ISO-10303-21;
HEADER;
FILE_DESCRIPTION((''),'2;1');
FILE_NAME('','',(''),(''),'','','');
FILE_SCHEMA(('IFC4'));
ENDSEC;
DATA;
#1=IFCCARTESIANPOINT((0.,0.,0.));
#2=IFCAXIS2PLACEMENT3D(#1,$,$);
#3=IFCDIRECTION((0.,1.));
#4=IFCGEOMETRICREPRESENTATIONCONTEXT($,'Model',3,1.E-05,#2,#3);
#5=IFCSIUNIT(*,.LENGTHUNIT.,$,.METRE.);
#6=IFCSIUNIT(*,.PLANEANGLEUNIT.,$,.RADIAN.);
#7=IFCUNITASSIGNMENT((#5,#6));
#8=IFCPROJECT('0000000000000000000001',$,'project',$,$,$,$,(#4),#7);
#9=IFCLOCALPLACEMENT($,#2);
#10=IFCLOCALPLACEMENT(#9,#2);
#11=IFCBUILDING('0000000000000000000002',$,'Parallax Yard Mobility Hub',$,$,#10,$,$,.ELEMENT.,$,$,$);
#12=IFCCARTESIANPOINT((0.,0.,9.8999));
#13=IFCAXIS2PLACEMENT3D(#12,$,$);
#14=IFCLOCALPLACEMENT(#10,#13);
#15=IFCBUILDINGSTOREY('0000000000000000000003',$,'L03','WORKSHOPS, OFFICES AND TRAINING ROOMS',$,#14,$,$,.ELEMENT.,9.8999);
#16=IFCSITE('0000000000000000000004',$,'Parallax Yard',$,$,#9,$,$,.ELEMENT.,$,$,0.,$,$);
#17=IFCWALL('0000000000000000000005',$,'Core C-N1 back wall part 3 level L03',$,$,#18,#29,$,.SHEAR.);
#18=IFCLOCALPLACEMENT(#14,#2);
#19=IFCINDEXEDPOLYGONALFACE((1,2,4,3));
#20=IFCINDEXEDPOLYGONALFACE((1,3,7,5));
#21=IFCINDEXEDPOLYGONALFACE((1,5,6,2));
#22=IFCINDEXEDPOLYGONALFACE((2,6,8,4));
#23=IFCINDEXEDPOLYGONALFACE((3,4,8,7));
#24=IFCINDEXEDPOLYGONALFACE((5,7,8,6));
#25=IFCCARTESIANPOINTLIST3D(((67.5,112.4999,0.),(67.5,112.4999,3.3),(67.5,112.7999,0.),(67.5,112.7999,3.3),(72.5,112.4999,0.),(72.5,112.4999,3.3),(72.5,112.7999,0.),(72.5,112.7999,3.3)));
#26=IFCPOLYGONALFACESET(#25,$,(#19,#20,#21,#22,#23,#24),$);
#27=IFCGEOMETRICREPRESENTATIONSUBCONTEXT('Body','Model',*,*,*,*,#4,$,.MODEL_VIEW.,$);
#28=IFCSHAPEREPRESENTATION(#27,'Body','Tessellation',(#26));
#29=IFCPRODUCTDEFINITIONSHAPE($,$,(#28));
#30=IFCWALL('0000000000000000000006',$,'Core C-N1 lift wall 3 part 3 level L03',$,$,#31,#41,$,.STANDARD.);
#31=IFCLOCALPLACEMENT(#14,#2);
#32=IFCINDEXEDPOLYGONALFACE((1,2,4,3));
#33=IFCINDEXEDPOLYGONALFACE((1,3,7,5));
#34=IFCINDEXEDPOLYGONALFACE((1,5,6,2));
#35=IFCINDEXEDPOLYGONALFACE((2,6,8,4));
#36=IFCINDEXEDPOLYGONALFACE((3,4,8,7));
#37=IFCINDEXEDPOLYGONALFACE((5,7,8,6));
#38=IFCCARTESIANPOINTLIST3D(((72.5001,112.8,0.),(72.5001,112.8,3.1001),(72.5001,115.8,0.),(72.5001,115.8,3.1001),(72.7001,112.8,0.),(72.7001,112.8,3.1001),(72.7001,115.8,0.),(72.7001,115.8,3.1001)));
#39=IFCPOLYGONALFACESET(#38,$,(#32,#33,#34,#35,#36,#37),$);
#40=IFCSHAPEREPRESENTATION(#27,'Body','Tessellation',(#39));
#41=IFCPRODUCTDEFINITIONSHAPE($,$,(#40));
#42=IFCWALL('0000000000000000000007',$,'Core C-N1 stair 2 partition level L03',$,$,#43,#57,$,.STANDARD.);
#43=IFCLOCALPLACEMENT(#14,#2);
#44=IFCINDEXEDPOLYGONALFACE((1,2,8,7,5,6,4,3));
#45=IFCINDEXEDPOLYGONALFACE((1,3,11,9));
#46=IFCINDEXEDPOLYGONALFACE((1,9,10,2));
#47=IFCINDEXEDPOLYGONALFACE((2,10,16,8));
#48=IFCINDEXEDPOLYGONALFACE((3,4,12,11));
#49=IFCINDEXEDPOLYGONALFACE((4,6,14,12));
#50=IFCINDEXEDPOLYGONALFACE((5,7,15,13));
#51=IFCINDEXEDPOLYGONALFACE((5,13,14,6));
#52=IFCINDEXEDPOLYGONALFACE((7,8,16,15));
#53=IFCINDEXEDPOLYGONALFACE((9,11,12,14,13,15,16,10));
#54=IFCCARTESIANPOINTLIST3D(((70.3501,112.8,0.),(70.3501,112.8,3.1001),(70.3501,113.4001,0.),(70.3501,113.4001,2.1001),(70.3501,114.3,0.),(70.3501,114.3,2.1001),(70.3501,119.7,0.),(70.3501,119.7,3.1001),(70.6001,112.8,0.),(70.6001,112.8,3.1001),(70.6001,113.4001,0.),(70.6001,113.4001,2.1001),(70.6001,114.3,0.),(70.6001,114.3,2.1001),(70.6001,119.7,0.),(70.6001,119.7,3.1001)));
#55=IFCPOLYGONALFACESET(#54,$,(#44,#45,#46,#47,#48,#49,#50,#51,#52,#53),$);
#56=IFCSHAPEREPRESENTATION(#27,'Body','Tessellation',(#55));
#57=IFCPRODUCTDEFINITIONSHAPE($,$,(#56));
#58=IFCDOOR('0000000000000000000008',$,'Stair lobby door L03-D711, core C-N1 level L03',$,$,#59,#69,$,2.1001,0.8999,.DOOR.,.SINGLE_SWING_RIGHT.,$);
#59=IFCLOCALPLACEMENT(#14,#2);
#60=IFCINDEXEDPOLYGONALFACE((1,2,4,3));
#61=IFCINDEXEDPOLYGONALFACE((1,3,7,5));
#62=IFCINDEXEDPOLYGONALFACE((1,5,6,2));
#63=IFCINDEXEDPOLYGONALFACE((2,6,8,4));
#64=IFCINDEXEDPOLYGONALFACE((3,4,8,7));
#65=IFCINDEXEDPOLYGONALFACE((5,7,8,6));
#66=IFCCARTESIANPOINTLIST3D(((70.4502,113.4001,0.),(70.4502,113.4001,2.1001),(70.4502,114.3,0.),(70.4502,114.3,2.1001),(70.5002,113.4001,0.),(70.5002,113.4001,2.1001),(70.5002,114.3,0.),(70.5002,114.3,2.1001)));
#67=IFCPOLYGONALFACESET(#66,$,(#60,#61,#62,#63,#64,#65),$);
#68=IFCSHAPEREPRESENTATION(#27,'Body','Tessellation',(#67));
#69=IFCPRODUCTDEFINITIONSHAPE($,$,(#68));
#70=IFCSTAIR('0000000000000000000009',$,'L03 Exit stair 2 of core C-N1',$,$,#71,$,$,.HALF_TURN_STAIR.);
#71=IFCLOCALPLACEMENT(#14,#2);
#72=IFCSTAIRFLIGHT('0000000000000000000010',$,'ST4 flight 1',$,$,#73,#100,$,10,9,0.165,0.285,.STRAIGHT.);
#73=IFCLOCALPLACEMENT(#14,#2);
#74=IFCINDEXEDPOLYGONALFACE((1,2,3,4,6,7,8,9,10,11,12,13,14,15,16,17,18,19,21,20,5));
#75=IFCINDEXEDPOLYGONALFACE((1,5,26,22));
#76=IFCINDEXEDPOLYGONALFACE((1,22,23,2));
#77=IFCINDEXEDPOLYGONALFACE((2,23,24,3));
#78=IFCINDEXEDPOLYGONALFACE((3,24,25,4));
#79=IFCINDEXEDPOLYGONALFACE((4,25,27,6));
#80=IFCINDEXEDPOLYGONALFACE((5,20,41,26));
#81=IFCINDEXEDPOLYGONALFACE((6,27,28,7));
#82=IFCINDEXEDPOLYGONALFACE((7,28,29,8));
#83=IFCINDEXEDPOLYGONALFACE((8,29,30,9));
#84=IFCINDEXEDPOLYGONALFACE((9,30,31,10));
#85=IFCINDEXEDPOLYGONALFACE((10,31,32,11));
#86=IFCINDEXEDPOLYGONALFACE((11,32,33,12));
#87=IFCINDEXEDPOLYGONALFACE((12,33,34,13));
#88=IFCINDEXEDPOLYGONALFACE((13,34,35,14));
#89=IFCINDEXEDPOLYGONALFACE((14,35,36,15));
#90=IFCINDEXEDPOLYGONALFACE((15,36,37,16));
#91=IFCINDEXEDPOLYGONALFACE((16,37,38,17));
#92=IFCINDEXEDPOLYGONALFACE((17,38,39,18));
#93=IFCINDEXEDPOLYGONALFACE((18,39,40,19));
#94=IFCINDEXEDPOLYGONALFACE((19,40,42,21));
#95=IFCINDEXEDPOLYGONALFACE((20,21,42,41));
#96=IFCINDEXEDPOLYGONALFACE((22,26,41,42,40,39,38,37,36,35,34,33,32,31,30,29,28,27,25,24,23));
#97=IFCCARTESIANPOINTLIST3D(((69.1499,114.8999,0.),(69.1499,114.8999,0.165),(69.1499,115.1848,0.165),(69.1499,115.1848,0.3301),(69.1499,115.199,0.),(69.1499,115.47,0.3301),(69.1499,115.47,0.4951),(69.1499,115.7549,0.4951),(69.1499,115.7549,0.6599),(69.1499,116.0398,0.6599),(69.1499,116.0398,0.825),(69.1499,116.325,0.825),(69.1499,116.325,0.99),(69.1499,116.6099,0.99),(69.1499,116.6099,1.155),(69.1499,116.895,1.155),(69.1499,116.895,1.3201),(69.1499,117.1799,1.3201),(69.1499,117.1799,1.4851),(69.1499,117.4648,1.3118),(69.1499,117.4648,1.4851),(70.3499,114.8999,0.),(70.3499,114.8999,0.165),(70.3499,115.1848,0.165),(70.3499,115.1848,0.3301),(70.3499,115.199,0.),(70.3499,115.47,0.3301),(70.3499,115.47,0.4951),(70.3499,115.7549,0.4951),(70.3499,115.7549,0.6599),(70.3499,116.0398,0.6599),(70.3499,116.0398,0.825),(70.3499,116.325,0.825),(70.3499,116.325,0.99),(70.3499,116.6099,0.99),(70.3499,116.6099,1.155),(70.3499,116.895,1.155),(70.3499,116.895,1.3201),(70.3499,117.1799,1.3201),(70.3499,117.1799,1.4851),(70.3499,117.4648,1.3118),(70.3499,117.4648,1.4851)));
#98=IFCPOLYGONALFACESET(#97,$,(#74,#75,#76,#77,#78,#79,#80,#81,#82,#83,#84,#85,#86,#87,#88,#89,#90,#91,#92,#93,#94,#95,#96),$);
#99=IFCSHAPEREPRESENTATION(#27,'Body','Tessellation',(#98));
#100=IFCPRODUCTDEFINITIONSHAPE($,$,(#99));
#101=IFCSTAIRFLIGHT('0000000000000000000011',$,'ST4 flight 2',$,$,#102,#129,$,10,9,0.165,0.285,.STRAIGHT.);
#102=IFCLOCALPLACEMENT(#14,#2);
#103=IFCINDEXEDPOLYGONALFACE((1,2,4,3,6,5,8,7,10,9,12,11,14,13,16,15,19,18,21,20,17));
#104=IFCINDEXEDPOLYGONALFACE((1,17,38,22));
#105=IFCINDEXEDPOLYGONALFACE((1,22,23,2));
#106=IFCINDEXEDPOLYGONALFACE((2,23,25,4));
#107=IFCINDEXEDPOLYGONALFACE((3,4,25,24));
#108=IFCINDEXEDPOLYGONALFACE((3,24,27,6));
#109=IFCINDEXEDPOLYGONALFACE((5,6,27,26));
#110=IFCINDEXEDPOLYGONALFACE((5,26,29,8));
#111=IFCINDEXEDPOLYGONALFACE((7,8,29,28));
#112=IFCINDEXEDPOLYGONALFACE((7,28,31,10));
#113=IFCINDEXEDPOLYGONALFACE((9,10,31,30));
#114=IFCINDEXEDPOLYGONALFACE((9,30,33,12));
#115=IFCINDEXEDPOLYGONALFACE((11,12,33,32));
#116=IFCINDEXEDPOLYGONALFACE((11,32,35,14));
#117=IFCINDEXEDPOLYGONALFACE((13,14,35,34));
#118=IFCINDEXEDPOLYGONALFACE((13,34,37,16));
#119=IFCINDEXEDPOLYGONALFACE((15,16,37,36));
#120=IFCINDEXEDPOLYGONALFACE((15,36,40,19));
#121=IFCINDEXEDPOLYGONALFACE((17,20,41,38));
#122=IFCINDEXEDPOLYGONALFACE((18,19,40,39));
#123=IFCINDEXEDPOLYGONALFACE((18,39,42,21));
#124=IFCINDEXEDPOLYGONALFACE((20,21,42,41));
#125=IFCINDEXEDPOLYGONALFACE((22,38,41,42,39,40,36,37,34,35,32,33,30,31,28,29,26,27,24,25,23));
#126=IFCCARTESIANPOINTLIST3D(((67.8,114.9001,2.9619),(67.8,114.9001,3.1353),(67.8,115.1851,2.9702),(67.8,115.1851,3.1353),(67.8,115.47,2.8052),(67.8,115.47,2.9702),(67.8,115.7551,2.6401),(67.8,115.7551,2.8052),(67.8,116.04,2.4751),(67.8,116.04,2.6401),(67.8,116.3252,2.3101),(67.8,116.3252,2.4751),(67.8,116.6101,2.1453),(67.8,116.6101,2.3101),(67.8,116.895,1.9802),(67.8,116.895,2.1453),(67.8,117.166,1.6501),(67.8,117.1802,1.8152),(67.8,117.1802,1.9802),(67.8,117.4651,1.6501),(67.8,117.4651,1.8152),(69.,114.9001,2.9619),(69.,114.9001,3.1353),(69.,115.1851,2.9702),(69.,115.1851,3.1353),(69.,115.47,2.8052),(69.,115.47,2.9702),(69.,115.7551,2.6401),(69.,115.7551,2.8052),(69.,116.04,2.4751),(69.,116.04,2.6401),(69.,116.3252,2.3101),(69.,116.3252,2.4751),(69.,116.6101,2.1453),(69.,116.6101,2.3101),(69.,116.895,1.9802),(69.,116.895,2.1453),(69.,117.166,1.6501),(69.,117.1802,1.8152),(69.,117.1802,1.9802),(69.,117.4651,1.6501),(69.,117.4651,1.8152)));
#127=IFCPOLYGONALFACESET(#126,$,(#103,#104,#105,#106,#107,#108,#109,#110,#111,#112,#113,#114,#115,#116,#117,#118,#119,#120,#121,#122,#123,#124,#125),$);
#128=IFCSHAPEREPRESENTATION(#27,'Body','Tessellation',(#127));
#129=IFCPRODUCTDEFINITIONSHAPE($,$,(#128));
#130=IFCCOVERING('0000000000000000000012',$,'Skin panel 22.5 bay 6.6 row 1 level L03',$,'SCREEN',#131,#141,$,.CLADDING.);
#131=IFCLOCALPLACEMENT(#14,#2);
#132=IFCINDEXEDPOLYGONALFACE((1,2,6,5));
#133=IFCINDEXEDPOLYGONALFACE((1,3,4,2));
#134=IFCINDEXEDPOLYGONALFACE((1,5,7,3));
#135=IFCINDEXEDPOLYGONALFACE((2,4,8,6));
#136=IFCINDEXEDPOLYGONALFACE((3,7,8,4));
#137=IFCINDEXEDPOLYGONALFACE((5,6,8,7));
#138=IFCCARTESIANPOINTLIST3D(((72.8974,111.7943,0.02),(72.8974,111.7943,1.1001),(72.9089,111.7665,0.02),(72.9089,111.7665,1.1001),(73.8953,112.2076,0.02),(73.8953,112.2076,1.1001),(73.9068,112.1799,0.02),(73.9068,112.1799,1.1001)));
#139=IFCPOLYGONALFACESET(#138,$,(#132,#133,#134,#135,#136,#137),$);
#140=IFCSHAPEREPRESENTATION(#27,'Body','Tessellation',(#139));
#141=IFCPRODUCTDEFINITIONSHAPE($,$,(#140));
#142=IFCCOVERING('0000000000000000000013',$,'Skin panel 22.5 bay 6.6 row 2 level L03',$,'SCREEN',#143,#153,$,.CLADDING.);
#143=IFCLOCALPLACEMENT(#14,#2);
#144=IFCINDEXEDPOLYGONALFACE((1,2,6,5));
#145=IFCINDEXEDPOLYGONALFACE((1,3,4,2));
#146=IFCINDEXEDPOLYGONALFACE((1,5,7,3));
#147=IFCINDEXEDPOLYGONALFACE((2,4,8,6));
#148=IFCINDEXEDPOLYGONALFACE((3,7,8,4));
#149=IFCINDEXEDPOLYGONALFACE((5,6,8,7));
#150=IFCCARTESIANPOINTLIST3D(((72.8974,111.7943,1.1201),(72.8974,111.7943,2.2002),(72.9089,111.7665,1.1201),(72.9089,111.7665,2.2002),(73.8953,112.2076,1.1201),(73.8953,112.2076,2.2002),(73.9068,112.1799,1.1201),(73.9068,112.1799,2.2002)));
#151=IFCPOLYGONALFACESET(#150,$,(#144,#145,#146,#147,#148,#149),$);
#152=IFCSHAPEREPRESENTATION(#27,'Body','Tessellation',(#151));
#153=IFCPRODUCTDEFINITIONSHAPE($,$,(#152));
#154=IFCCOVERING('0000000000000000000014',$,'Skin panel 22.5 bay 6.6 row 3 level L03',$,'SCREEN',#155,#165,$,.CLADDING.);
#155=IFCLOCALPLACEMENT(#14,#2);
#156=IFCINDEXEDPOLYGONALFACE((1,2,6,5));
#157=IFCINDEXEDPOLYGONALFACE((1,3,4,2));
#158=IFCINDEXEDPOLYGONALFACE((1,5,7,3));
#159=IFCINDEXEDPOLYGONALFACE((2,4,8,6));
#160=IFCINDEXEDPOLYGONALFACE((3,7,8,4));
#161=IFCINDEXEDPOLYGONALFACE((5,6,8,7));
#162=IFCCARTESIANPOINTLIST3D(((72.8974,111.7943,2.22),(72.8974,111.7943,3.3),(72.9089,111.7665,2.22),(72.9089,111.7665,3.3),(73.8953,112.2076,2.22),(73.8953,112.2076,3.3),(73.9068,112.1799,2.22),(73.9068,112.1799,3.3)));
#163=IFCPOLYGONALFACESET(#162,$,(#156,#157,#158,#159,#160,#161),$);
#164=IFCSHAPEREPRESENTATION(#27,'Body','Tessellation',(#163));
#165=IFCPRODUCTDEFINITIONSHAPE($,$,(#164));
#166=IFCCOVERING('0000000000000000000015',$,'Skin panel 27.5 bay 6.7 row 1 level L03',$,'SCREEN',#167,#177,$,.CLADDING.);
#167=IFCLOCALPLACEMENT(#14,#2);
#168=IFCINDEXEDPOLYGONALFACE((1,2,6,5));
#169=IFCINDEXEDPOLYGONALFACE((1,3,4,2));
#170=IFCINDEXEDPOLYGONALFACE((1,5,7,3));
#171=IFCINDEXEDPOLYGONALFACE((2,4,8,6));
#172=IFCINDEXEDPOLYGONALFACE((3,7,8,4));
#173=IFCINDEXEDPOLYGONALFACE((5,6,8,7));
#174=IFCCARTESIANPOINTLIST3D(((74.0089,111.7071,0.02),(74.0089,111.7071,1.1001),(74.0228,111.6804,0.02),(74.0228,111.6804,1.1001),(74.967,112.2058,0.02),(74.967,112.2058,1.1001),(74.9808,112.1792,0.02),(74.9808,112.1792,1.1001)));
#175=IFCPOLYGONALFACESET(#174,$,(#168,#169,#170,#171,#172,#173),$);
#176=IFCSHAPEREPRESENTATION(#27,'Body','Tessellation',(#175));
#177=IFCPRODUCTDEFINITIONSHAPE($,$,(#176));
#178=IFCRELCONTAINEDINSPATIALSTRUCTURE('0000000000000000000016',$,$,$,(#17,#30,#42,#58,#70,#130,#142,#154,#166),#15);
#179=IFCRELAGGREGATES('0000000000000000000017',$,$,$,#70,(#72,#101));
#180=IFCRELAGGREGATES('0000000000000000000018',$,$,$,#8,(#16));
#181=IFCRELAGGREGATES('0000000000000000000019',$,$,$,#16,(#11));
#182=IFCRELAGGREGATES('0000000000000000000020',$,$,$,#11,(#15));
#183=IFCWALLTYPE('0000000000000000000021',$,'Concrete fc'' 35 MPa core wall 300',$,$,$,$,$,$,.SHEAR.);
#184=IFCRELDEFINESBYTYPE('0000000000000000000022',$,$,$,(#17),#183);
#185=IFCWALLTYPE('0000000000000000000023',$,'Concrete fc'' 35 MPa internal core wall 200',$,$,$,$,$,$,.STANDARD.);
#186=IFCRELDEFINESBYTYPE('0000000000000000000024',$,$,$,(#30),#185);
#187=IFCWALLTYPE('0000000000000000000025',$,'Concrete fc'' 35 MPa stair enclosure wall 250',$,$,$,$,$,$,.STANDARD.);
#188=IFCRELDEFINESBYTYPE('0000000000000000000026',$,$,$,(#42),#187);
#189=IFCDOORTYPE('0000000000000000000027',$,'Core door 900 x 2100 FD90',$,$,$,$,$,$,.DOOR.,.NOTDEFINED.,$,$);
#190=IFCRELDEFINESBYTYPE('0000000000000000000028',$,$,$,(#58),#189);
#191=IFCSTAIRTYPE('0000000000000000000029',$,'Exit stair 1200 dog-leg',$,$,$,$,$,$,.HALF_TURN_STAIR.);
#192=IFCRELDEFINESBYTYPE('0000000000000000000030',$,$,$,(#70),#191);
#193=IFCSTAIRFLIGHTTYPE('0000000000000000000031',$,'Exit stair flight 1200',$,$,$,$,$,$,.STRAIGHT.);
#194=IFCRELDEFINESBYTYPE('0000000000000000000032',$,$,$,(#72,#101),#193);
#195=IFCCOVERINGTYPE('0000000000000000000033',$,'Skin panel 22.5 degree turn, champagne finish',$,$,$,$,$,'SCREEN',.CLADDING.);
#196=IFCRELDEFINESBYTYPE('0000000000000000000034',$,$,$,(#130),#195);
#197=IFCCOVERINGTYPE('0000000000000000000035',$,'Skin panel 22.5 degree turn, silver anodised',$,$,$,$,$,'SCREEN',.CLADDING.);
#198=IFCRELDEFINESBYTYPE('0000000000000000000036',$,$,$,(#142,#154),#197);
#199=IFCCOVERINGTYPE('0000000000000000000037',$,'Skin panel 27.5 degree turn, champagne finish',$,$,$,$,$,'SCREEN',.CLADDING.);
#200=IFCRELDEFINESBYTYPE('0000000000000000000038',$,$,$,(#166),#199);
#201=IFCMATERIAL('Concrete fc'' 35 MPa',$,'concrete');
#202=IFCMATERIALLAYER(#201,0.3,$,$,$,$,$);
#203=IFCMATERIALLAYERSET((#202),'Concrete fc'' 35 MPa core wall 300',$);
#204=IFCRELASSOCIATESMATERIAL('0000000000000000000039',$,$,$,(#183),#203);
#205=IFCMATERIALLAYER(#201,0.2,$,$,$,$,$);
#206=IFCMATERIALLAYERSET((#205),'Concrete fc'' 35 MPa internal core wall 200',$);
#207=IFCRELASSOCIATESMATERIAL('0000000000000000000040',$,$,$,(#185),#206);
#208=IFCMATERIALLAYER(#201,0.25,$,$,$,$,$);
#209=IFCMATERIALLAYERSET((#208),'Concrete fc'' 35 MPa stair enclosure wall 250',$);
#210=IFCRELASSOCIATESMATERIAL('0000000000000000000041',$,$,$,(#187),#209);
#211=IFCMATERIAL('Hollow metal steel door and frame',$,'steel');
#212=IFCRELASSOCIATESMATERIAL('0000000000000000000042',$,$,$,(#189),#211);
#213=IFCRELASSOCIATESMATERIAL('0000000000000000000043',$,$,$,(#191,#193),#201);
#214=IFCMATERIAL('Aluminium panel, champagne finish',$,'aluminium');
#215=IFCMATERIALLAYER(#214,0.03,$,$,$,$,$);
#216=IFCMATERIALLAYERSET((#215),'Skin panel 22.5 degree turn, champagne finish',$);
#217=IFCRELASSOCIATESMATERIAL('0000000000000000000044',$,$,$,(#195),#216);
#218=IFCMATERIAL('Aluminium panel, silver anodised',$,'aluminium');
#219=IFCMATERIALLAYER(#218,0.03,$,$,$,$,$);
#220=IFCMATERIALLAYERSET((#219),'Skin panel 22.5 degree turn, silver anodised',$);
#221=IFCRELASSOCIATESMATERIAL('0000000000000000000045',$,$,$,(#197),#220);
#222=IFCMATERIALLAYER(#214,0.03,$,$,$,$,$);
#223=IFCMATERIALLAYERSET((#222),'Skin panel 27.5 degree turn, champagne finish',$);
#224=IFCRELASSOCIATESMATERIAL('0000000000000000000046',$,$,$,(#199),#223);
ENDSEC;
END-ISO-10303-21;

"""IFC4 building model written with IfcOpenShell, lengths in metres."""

from ifc_helpers import new_model, si_unit, direction, frame, frame_2d, origin, origin_2d, place, context, subcontext, project, spatial, polyline, rectangle, outline, extrude, material, layer, layer_set, type_object, element, fill, aggregate, save


model = new_model("IFC4")

# Units and contexts
model_context = context("Model", 3, precision=1e-05, world=origin(), true_north=direction((0.0, 1.0)))
body_context = subcontext(model_context, "Body", "Model", "MODEL_VIEW")
ifc_project = project(units=[si_unit("LENGTHUNIT", "METRE"), si_unit("PLANEANGLEUNIT", "RADIAN")], contexts=[model_context])

# Site, building, storey
site_placement = place(None, origin())
site = spatial("IfcSite", under=ifc_project, at=site_placement, Name="Parallax Yard", CompositionType="ELEMENT", RefElevation=0.0)
building_placement = place(site_placement, origin())
building = spatial("IfcBuilding", under=site, at=building_placement, Name="Parallax Yard Mobility Hub", CompositionType="ELEMENT")
storey_placement = place(building_placement, frame((0.0, 0.0, 9.8999)))
storey = spatial("IfcBuildingStorey", under=building, at=storey_placement, Name="L03", Description="WORKSHOPS, OFFICES AND TRAINING ROOMS", CompositionType="ELEMENT", Elevation=9.8999)

# Walls
ifc_material_1 = material(Name="Concrete fc' 35 MPa", Category="concrete")
ifc_layer_1 = layer(ifc_material_1, 0.3)
ifc_layer_set_1 = layer_set([ifc_layer_1], Name="Concrete fc' 35 MPa core wall 300")
wall_type_1 = type_object("IfcWallType", Name="Concrete fc' 35 MPa core wall 300", PredefinedType="SHEAR", material=ifc_layer_set_1)
wall_1_placement = place(storey_placement, frame((72.5, 112.6499, 0.0), z_axis=(0.0, 0.0, 1.0), x_axis=(-1.0, 0.0, 0.0)))
element("IfcWall", 1, at=wall_1_placement, inside=storey, type_object=wall_type_1, Name="Core C-N1 back wall part 3 level L03", PredefinedType="SHEAR", context=body_context, shape_type="SweptSolid", body=[
    extrude(rectangle(XDim=5.0, YDim=0.3, at=frame_2d((2.5, 0.0))), origin(), (0.0, 0.0, 1.0), 3.3),
])
ifc_layer_2 = layer(ifc_material_1, 0.2)
ifc_layer_set_2 = layer_set([ifc_layer_2], Name="Concrete fc' 35 MPa internal core wall 200")
wall_type_2 = type_object("IfcWallType", Name="Concrete fc' 35 MPa internal core wall 200", PredefinedType="STANDARD", material=ifc_layer_set_2)
wall_2_placement = place(storey_placement, frame((72.6001, 115.8, 0.0), z_axis=(0.0, 0.0, 1.0), x_axis=(0.0, -1.0, 0.0)))
element("IfcWall", 2, at=wall_2_placement, inside=storey, type_object=wall_type_2, Name="Core C-N1 lift wall 3 part 3 level L03", PredefinedType="STANDARD", context=body_context, shape_type="SweptSolid", body=[
    extrude(rectangle(XDim=3.0, YDim=0.2, at=frame_2d((1.5, 0.0))), origin(), (0.0, 0.0, 1.0), 3.1001),
])

# Wall, opening, door
ifc_layer_3 = layer(ifc_material_1, 0.25)
ifc_layer_set_3 = layer_set([ifc_layer_3], Name="Concrete fc' 35 MPa stair enclosure wall 250")
wall_type_3 = type_object("IfcWallType", Name="Concrete fc' 35 MPa stair enclosure wall 250", PredefinedType="STANDARD", material=ifc_layer_set_3)
wall_3_placement = place(storey_placement, frame((70.4751, 112.8, 0.0), z_axis=(0.0, 0.0, 1.0), x_axis=(0.0, 1.0, 0.0)))
wall_3 = element("IfcWall", 3, at=wall_3_placement, inside=storey, type_object=wall_type_3, Name="Core C-N1 stair 2 partition level L03", PredefinedType="STANDARD", context=body_context, shape_type="SweptSolid", body=[
    extrude(rectangle(XDim=6.8999, YDim=0.25, at=frame_2d((3.45, 0.0))), origin(), (0.0, 0.0, 1.0), 3.1001),
])
opening_placement = place(wall_3_placement, frame((0.6001, 0.0, 0.0)))
opening = element("IfcOpeningElement", 4, at=opening_placement, cuts=wall_3, PredefinedType="OPENING", context=body_context, shape_type="SweptSolid", body=[
    extrude(rectangle(XDim=0.8999, YDim=2.1001, at=frame_2d((0.45, 1.05))), frame((0.0, 0.135, 0.0), z_axis=(0.0, -1.0, 0.0), x_axis=(1.0, 0.0, 0.0)), (0.0, 0.0, 1.0), 0.27),
])
ifc_material_2 = material(Name="Hollow metal steel door and frame", Category="steel")
door_type = type_object("IfcDoorType", Name="Core door 900 x 2100 FD90", OperationType="NOTDEFINED", PredefinedType="DOOR", material=ifc_material_2)
door_placement = place(opening_placement, origin())
door = element("IfcDoor", 5, at=door_placement, inside=storey, type_object=door_type, Name="Stair lobby door L03-D711, core C-N1 level L03", OperationType="SINGLE_SWING_RIGHT", OverallHeight=2.1001, OverallWidth=0.8999, PredefinedType="DOOR", context=body_context, shape_type="SweptSolid", body=[
    extrude(rectangle(XDim=0.8999, YDim=2.1001, at=frame_2d((0.45, 1.05))), frame((0.0, 0.0249, 0.0), z_axis=(0.0, -1.0, 0.0), x_axis=(1.0, 0.0, 0.0)), (0.0, 0.0, 1.0), 0.05),
])
fill(opening, door)

# Stair, stair flights
stair_type = type_object("IfcStairType", Name="Exit stair 1200 dog-leg", PredefinedType="HALF_TURN_STAIR", material=ifc_material_1)
stair_placement = place(storey_placement, origin())
stair = element("IfcStair", 6, at=stair_placement, inside=storey, type_object=stair_type, Name="L03 Exit stair 2 of core C-N1", PredefinedType="HALF_TURN_STAIR")
stair_flight_type = type_object("IfcStairFlightType", Name="Exit stair flight 1200", PredefinedType="STRAIGHT", material=ifc_material_1)
stair_flight_1_placement = place(storey_placement, frame((69.75, 114.8999, 0.0), z_axis=(0.0, 0.0, 1.0), x_axis=(0.0, 1.0, 0.0)))
stair_flight_1 = element("IfcStairFlight", 7, at=stair_flight_1_placement, type_object=stair_flight_type, Name="ST4 flight 1", NumberOfRisers=10, NumberOfTreads=9, PredefinedType="STRAIGHT", RiserHeight=0.165, TreadLength=0.285, context=body_context, shape_type="SweptSolid", body=[
    extrude(outline(polyline([(0.0, 0.0), (0.0, 0.165), (0.2849, 0.165), (0.2849, 0.3301), (0.5701, 0.3301), (0.5701, 0.4951), (0.855, 0.4951), (0.855, 0.6599), (1.1399, 0.6599), (1.1399, 0.825), (1.425, 0.825), (1.425, 0.99), (1.71, 0.99), (1.71, 1.155), (1.9951, 1.155), (1.9951, 1.3201), (2.28, 1.3201), (2.28, 1.4851), (2.5649, 1.4851), (2.5649, 1.6499), (2.5649, 1.3118), (0.2991, 0.0), (0.0, 0.0)])), frame((0.0, 0.6001, 0.0), z_axis=(0.0, -1.0, 0.0), x_axis=(1.0, 0.0, 0.0)), (0.0, 0.0, 1.0), 1.2),
])
stair_flight_2_placement = place(storey_placement, frame((68.3999, 117.4651, 1.6501), z_axis=(0.0, 0.0, 1.0), x_axis=(0.0, -1.0, 0.0)))
stair_flight_2 = element("IfcStairFlight", 8, at=stair_flight_2_placement, type_object=stair_flight_type, Name="ST4 flight 2", NumberOfRisers=10, NumberOfTreads=9, PredefinedType="STRAIGHT", RiserHeight=0.165, TreadLength=0.285, context=body_context, shape_type="SweptSolid", body=[
    extrude(outline(polyline([(0.0, 0.0), (0.0, 0.165), (0.2849, 0.165), (0.2849, 0.3301), (0.5701, 0.3301), (0.5701, 0.4951), (0.855, 0.4951), (0.855, 0.6599), (1.1399, 0.6599), (1.1399, 0.825), (1.425, 0.825), (1.425, 0.99), (1.71, 0.99), (1.71, 1.155), (1.9951, 1.155), (1.9951, 1.3201), (2.28, 1.3201), (2.28, 1.4851), (2.5649, 1.4851), (2.5649, 1.6499), (2.5649, 1.3118), (0.2991, 0.0), (0.0, 0.0)])), frame((0.0, 0.6001, 0.0), z_axis=(0.0, -1.0, 0.0), x_axis=(1.0, 0.0, 0.0)), (0.0, 0.0, 1.0), 1.2),
])
aggregate(stair, [stair_flight_1, stair_flight_2])

# Coverings
ifc_material_3 = material(Name="Aluminium panel, champagne finish", Category="aluminium")
ifc_layer_4 = layer(ifc_material_3, 0.03)
ifc_layer_set_4 = layer_set([ifc_layer_4], Name="Skin panel 22.5 degree turn, champagne finish")
covering_type_1 = type_object("IfcCoveringType", Name="Skin panel 22.5 degree turn, champagne finish", ElementType="SCREEN", PredefinedType="CLADDING", material=ifc_layer_set_4)
covering_1_placement = place(storey_placement, frame((73.4021, 111.9871, 0.02), z_axis=(0.0, 0.0, 1.0), x_axis=(-0.92388, -0.382683, 0.0)))
element("IfcCovering", 9, at=covering_1_placement, inside=storey, type_object=covering_type_1, Name="Skin panel 22.5 bay 6.6 row 1 level L03", ObjectType="SCREEN", PredefinedType="CLADDING", context=body_context, shape_type="SweptSolid", body=[
    extrude(rectangle(XDim=1.0801, YDim=0.03, at=origin_2d()), origin(), (0.0, 0.0, 1.0), 1.0801),
])
ifc_material_4 = material(Name="Aluminium panel, silver anodised", Category="aluminium")
ifc_layer_5 = layer(ifc_material_4, 0.03)
ifc_layer_set_5 = layer_set([ifc_layer_5], Name="Skin panel 22.5 degree turn, silver anodised")
covering_type_2 = type_object("IfcCoveringType", Name="Skin panel 22.5 degree turn, silver anodised", ElementType="SCREEN", PredefinedType="CLADDING", material=ifc_layer_set_5)
for number, where, z_axis, x_axis, name in (
    (10, (73.4021, 111.9871, 1.1201), (0.0, 0.0, 1.0), (-0.92388, -0.382683, 0.0), "Skin panel 22.5 bay 6.6 row 2 level L03"),
    (11, (73.4021, 111.9871, 2.22), (0.0, 0.0, 1.0), (-0.92388, -0.382683, 0.0), "Skin panel 22.5 bay 6.6 row 3 level L03"),
):
    element("IfcCovering", number, at=place(storey_placement, frame(where, z_axis=z_axis, x_axis=x_axis)), inside=storey, type_object=covering_type_2, Name=name, ObjectType="SCREEN", PredefinedType="CLADDING", context=body_context, shape_type="SweptSolid", body=[
        extrude(rectangle(XDim=1.0801, YDim=0.03, at=origin_2d()), origin(), (0.0, 0.0, 1.0), 1.0801),
    ])
ifc_layer_6 = layer(ifc_material_3, 0.03)
ifc_layer_set_6 = layer_set([ifc_layer_6], Name="Skin panel 27.5 degree turn, champagne finish")
covering_type_3 = type_object("IfcCoveringType", Name="Skin panel 27.5 degree turn, champagne finish", ElementType="SCREEN", PredefinedType="CLADDING", material=ifc_layer_set_6)
covering_2_placement = place(storey_placement, frame((74.4949, 111.9431, 0.02), z_axis=(0.0, 0.0, 1.0), x_axis=(-0.887011, -0.461749, 0.0)))
element("IfcCovering", 12, at=covering_2_placement, inside=storey, type_object=covering_type_3, Name="Skin panel 27.5 bay 6.7 row 1 level L03", ObjectType="SCREEN", PredefinedType="CLADDING", context=body_context, shape_type="SweptSolid", body=[
    extrude(rectangle(XDim=1.0801, YDim=0.03, at=origin_2d()), origin(), (0.0, 0.0, 1.0), 1.0801),
])

save(model, "model.ifc")
